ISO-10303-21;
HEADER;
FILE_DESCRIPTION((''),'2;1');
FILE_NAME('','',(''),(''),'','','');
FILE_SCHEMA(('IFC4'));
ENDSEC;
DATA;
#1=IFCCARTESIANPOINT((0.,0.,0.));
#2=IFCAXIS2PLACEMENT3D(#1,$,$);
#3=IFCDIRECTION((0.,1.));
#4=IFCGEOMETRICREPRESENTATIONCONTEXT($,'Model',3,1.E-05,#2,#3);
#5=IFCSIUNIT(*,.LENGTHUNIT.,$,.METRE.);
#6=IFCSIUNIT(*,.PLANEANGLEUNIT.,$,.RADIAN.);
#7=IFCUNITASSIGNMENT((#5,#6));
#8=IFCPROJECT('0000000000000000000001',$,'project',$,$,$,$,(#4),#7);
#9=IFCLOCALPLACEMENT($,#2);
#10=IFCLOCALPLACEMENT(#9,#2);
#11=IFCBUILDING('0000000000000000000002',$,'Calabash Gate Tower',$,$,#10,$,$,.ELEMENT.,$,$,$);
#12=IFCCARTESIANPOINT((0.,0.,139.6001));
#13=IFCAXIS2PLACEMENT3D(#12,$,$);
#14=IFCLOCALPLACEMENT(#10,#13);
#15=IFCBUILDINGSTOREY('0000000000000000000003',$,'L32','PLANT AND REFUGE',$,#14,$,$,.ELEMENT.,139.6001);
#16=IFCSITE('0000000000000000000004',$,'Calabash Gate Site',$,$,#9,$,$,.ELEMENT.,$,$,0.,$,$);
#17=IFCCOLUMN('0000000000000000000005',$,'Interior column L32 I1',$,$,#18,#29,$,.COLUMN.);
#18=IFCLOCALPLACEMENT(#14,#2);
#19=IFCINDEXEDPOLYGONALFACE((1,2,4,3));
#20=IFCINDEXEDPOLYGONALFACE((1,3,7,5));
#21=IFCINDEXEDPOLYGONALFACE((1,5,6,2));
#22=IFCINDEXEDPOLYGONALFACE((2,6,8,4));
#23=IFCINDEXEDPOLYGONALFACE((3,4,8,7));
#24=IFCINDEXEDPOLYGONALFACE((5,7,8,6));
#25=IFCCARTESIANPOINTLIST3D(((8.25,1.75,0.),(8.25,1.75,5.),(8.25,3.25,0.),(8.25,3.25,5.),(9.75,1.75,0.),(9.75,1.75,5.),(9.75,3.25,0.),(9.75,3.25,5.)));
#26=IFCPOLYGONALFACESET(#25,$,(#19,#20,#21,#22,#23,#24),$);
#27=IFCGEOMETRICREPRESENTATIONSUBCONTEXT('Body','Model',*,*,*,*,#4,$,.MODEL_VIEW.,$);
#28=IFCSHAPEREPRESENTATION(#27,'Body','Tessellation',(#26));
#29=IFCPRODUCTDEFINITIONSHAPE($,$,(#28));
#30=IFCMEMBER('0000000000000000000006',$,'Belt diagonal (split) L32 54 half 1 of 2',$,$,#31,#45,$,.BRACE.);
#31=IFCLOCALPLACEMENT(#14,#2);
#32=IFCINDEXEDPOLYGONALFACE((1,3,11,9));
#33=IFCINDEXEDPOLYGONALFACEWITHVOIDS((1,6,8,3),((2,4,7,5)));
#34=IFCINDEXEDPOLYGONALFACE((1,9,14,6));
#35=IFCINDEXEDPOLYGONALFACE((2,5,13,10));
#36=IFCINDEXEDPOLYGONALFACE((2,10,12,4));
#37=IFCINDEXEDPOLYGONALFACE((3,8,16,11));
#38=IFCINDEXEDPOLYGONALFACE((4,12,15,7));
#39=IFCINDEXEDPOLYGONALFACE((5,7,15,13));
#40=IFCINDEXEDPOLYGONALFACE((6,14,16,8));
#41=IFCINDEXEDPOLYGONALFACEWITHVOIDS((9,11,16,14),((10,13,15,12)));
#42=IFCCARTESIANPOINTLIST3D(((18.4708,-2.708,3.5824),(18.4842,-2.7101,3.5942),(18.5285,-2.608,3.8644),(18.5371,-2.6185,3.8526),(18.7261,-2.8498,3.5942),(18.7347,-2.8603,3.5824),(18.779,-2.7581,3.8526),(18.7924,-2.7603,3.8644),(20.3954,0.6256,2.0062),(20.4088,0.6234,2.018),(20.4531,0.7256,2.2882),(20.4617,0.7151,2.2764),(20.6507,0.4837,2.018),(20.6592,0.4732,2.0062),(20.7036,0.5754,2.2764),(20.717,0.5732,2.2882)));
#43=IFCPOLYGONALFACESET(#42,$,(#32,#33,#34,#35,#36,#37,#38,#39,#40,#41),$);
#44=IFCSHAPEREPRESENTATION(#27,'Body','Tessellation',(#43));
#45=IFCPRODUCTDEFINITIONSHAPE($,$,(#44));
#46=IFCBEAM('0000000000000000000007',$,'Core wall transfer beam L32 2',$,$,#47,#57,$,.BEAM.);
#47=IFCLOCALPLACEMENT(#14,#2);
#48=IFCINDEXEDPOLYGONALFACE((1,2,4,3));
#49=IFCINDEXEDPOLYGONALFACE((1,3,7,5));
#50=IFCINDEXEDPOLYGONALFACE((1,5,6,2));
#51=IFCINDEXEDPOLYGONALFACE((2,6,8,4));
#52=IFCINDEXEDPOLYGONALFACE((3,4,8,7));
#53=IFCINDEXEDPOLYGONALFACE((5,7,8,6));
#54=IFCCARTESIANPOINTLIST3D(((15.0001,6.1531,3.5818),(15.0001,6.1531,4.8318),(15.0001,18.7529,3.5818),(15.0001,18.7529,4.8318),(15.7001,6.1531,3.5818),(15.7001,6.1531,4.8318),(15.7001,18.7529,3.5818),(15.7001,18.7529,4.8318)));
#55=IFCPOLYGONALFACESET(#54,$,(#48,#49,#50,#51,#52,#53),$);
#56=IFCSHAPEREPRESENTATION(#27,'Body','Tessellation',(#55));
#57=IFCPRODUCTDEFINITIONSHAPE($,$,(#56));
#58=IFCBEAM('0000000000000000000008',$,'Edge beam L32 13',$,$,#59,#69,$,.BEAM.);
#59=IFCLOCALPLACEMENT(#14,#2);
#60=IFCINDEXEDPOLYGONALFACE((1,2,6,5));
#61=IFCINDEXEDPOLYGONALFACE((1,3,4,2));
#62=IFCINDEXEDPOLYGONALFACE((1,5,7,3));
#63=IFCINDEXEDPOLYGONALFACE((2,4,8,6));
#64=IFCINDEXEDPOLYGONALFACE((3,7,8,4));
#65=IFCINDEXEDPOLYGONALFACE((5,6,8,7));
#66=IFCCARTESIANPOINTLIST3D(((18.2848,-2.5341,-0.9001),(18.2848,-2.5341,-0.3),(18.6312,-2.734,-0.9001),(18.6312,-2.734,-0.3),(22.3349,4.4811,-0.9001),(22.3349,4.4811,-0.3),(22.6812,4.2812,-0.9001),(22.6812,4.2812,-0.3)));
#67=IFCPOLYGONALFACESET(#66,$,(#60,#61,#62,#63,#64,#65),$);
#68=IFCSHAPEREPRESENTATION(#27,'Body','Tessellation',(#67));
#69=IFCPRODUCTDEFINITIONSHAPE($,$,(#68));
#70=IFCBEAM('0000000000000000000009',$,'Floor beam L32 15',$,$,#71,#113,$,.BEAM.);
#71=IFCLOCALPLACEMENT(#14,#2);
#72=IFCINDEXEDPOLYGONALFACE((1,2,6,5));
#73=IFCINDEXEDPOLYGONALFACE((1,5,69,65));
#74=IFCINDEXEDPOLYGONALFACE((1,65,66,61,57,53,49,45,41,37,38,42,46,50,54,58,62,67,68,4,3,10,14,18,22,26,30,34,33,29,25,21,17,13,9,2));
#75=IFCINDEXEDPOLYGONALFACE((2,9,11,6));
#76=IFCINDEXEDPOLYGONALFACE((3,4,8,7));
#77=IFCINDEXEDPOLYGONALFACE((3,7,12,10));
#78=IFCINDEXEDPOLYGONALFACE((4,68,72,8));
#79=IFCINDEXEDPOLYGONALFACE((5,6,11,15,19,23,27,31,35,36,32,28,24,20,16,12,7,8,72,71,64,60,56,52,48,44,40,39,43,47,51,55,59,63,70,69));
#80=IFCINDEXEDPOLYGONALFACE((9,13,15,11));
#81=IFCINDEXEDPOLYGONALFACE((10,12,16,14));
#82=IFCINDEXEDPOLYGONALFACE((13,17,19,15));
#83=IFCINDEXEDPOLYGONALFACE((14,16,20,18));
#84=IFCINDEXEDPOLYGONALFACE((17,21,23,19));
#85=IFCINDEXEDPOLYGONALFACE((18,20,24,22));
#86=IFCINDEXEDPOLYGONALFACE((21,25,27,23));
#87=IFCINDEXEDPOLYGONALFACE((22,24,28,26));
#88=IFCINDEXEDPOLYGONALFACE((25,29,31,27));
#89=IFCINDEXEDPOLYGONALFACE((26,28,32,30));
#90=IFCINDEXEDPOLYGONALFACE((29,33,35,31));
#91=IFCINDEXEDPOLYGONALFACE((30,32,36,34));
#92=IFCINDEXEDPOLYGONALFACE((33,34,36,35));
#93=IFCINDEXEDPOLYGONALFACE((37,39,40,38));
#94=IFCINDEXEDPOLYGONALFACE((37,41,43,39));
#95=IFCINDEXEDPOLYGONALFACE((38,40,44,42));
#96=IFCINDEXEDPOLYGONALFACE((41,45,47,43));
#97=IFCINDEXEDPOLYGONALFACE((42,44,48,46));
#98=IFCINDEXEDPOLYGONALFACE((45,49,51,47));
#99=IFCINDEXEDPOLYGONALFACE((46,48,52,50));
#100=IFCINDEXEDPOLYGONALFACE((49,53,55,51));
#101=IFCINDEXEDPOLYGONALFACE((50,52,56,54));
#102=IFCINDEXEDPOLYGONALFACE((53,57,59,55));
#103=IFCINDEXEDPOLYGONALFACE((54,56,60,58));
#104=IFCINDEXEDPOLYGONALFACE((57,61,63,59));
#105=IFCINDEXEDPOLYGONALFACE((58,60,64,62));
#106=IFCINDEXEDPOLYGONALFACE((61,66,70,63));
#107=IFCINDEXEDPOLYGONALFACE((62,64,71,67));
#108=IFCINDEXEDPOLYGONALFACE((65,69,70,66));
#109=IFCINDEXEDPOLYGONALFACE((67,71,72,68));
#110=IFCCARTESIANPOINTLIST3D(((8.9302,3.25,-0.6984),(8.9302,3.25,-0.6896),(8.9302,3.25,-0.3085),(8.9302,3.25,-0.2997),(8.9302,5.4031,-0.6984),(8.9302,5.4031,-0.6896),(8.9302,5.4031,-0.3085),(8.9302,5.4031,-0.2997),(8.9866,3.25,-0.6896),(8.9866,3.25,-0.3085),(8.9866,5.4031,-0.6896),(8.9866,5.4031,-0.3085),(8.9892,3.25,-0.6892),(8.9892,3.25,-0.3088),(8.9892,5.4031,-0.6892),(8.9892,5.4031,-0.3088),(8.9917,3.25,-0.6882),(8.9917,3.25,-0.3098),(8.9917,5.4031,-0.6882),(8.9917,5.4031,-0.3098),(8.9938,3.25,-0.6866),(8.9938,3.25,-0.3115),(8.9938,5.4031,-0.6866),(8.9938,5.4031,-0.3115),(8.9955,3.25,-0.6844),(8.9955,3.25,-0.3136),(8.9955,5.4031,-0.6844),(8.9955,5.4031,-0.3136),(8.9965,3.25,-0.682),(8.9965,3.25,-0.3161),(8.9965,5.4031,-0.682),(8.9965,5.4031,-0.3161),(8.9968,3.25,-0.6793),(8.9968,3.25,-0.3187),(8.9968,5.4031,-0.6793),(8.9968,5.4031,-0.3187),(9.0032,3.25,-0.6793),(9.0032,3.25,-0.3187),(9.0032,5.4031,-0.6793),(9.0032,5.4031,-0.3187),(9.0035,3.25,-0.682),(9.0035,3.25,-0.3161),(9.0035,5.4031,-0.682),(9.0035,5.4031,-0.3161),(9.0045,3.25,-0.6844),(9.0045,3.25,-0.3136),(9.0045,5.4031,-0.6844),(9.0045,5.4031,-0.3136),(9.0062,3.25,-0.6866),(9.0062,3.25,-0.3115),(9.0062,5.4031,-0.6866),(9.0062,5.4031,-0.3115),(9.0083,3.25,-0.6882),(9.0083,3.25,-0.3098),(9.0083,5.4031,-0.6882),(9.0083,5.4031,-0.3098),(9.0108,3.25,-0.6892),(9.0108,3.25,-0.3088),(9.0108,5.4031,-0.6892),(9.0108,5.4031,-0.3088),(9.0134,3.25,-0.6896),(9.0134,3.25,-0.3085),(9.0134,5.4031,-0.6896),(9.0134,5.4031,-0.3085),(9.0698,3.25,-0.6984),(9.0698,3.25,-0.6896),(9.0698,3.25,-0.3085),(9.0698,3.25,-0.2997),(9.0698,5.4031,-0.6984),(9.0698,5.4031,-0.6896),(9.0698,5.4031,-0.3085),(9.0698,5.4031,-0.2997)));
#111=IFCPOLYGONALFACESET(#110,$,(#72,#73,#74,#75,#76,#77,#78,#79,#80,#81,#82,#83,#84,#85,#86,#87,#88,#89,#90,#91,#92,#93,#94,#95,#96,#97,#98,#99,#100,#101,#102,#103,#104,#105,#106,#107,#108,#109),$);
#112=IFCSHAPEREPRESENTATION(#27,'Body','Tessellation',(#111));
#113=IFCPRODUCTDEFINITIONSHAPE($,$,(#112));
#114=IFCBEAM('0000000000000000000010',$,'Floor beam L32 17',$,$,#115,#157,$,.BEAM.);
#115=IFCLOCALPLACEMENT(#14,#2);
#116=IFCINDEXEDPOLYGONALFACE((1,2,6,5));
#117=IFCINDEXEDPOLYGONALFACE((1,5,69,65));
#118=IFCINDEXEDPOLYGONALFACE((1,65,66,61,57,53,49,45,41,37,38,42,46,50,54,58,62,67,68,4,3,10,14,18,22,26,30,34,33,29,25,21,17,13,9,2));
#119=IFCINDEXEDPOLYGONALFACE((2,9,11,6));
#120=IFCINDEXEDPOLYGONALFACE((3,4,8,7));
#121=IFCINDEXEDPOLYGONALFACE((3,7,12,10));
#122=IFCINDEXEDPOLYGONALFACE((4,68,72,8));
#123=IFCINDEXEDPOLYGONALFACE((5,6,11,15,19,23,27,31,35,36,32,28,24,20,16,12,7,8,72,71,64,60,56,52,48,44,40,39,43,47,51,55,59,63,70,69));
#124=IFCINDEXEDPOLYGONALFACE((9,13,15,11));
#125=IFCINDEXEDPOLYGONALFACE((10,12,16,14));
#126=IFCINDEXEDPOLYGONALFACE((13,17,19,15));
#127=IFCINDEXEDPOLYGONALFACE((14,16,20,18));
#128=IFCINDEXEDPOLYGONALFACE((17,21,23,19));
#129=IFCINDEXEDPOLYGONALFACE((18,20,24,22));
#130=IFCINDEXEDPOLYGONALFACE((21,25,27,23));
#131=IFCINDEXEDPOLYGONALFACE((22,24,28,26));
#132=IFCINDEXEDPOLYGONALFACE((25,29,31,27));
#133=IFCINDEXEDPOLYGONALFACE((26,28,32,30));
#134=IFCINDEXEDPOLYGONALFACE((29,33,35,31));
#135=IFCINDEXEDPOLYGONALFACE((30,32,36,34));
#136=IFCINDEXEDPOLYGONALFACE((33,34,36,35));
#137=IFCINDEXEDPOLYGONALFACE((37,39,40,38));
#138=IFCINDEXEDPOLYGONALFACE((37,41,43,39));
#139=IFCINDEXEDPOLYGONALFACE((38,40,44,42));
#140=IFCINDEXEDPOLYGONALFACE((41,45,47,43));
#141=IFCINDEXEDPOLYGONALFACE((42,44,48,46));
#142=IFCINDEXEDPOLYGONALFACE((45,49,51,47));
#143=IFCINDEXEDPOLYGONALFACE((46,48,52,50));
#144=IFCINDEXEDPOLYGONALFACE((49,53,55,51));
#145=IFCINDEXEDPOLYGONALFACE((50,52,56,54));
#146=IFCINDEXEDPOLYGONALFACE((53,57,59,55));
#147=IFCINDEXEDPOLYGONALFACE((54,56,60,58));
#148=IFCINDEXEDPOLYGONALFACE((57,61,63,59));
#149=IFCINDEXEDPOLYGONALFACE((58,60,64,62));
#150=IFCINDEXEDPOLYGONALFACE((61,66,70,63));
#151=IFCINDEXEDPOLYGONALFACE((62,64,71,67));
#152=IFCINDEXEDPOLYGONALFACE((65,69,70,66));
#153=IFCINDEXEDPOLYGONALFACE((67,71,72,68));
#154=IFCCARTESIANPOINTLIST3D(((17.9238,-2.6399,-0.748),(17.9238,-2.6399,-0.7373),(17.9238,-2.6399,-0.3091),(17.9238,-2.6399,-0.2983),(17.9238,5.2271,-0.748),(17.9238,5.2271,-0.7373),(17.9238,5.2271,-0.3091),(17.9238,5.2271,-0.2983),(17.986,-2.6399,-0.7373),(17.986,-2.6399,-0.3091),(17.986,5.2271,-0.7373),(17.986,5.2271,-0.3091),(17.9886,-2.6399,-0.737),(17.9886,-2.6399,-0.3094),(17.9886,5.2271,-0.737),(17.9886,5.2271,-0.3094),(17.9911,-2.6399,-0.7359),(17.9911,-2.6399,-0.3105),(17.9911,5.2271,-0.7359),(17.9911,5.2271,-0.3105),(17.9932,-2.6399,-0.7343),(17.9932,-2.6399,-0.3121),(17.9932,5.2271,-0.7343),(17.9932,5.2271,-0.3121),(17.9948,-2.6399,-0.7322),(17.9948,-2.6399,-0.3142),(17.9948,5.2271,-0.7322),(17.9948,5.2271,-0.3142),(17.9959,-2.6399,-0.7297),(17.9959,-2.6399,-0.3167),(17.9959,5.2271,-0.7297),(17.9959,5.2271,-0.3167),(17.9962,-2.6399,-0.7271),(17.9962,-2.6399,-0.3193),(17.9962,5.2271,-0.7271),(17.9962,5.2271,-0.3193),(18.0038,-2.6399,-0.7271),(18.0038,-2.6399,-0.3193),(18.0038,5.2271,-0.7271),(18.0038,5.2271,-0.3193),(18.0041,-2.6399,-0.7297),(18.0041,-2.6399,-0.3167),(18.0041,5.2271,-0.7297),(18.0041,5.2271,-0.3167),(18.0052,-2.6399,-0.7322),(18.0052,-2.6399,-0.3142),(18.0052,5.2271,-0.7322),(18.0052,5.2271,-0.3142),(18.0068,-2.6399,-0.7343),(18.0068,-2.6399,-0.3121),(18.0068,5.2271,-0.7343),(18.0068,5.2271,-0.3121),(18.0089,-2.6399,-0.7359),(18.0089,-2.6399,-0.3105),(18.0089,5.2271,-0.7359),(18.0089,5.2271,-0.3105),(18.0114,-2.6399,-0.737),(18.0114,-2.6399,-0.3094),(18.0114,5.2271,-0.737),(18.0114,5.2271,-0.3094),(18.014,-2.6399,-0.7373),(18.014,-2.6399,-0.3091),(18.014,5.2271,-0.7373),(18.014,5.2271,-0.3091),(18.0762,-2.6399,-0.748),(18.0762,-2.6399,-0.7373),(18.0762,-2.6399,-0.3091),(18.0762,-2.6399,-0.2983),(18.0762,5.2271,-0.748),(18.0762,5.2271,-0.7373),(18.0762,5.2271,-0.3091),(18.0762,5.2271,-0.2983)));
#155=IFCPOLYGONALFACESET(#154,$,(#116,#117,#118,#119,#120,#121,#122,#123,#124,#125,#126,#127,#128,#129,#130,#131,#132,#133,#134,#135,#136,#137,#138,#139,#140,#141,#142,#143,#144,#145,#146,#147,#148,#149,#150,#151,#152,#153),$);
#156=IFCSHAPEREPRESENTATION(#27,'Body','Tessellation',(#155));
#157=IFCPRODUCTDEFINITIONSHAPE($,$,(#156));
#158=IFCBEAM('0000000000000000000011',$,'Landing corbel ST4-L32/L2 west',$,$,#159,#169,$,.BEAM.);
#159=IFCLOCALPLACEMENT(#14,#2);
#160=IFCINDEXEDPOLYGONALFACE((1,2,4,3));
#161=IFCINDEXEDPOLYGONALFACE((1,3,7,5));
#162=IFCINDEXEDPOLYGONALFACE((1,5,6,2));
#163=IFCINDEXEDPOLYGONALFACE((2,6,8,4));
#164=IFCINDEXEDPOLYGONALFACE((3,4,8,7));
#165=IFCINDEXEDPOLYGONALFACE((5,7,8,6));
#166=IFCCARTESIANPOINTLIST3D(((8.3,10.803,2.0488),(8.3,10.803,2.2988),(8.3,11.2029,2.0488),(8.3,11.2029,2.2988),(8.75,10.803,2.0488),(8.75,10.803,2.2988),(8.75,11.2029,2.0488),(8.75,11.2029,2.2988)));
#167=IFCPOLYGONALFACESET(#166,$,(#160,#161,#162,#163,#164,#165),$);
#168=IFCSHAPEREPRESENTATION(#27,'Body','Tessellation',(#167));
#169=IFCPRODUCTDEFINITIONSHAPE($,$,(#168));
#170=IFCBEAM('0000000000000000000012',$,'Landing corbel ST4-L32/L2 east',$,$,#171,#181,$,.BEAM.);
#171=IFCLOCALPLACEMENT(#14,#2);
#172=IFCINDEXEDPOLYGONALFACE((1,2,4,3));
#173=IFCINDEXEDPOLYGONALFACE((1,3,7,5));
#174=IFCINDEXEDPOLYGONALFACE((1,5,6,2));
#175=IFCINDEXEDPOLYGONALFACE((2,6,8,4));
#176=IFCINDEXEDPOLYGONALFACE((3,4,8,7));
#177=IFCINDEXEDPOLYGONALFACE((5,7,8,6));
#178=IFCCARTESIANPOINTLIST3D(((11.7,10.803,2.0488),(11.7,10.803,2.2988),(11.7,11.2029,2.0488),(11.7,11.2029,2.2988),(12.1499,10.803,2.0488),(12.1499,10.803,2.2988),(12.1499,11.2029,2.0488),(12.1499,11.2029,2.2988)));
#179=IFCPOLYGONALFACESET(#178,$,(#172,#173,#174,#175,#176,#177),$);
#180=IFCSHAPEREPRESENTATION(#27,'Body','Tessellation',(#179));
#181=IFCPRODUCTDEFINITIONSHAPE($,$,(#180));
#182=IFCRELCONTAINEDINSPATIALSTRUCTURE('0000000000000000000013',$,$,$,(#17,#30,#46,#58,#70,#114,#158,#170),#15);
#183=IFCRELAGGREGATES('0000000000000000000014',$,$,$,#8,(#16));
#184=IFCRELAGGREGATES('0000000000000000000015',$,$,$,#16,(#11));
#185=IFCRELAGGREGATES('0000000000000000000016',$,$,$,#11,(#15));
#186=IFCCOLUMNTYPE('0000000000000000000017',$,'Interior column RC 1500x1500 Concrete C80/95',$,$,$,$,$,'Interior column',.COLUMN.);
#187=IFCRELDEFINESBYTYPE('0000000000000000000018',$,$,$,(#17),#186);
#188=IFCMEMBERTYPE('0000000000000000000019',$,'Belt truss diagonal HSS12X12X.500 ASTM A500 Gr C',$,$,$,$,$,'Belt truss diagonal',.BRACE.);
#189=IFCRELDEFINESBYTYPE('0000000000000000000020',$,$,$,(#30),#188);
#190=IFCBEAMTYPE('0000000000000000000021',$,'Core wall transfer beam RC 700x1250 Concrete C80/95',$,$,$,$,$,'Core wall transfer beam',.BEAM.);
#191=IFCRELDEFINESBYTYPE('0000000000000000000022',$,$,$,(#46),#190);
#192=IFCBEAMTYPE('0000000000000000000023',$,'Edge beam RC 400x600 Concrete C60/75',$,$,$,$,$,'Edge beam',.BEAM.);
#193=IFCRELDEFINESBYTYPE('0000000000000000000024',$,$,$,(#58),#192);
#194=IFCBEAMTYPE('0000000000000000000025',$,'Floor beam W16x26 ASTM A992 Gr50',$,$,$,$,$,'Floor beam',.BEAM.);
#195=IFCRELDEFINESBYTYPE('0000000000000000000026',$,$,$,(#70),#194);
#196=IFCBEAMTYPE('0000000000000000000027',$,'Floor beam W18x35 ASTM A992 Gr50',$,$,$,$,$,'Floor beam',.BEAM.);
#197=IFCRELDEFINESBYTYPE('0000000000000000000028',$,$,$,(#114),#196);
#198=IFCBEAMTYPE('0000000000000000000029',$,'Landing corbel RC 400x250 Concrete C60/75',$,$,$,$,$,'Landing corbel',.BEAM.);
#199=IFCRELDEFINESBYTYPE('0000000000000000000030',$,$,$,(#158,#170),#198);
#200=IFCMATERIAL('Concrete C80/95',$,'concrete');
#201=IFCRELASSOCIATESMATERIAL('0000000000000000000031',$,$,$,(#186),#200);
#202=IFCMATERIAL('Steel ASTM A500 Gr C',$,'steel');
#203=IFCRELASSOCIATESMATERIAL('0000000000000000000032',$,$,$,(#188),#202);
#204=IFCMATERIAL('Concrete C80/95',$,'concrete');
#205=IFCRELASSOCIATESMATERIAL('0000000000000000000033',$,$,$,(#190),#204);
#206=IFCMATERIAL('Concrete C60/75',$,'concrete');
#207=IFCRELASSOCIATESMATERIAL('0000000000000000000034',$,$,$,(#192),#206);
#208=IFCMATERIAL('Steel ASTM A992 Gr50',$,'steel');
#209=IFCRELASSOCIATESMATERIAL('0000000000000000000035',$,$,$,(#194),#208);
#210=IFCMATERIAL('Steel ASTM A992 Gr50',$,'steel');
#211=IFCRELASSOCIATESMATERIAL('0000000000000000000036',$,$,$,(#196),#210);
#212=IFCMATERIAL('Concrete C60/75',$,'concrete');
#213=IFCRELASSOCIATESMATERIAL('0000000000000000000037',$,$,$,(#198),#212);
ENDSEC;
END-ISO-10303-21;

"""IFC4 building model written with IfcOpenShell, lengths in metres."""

from ifc_helpers import new_model, si_unit, direction, frame, origin, origin_2d, place, context, subcontext, project, spatial, rectangle, hollow_rectangle, i_section, extrude, material, material_profile, profile_set, type_object, element, save


model = new_model("IFC4")

# Units and contexts
model_context = context("Model", 3, precision=1e-05, world=origin(), true_north=direction((0.0, 1.0)))
body_context = subcontext(model_context, "Body", "Model", "MODEL_VIEW")
ifc_project = project(units=[si_unit("LENGTHUNIT", "METRE"), si_unit("PLANEANGLEUNIT", "RADIAN")], contexts=[model_context])

# Site, building, storey
site_placement = place(None, origin())
site = spatial("IfcSite", under=ifc_project, at=site_placement, Name="Calabash Gate Site", CompositionType="ELEMENT", RefElevation=0.0)
building_placement = place(site_placement, origin())
building = spatial("IfcBuilding", under=site, at=building_placement, Name="Calabash Gate Tower", CompositionType="ELEMENT")
storey_placement = place(building_placement, frame((0.0, 0.0, 139.6001)))
storey = spatial("IfcBuildingStorey", under=building, at=storey_placement, Name="L32", Description="PLANT AND REFUGE", CompositionType="ELEMENT", Elevation=139.6001)

# Column
ifc_material_1 = material(Name="Concrete C80/95", Category="concrete")
ifc_material_profile_1 = material_profile(ifc_material_1, rectangle(XDim=1.5, YDim=1.5, at=origin_2d()))
ifc_profile_set_1 = profile_set([ifc_material_profile_1], Name="Concrete C80/95")
column_type = type_object("IfcColumnType", Name="Interior column RC 1500x1500 Concrete C80/95", ElementType="Interior column", PredefinedType="COLUMN", material=ifc_profile_set_1)
column_placement = place(storey_placement, frame((9.0, 2.5, 0.0), z_axis=(0.0, 0.0, 1.0), x_axis=(1.0, 0.0, 0.0)))
element("IfcColumn", 1, at=column_placement, inside=storey, type_object=column_type, Name="Interior column L32 I1", PredefinedType="COLUMN", context=body_context, shape_type="SweptSolid", body=[
    extrude(rectangle(XDim=1.5, YDim=1.5, at=origin_2d()), origin(), (0.0, 0.0, 1.0), 5.0),
])

# Member
ifc_material_2 = material(Name="Steel ASTM A500 Gr C", Category="steel")
ifc_material_profile_2 = material_profile(ifc_material_2, hollow_rectangle(XDim=0.3047, YDim=0.3047, WallThickness=0.0127, at=origin_2d()))
ifc_profile_set_2 = profile_set([ifc_material_profile_2], Name="Steel ASTM A500 Gr C")
member_type = type_object("IfcMemberType", Name="Belt truss diagonal HSS12X12X.500 ASTM A500 Gr C", ElementType="Belt truss diagonal", PredefinedType="BRACE", material=ifc_profile_set_2)
member_placement = place(storey_placement, frame((18.6316, -2.7341, 3.7234), z_axis=(0.462704, 0.80144, -0.378944), x_axis=(-0.866029, 0.499993, 0.0)))
element("IfcMember", 2, at=member_placement, inside=storey, type_object=member_type, Name="Belt diagonal (split) L32 54 half 1 of 2", PredefinedType="BRACE", context=body_context, shape_type="SweptSolid", body=[
    extrude(hollow_rectangle(XDim=0.3047, YDim=0.3047, WallThickness=0.0127, at=origin_2d()), origin(), (0.0, 0.0, 1.0), 4.1594),
])

# Beams
ifc_material_3 = material(Name="Concrete C80/95", Category="concrete")
ifc_material_profile_3 = material_profile(ifc_material_3, rectangle(XDim=0.7, YDim=1.25, at=origin_2d()))
ifc_profile_set_3 = profile_set([ifc_material_profile_3], Name="Concrete C80/95")
beam_type_1 = type_object("IfcBeamType", Name="Core wall transfer beam RC 700x1250 Concrete C80/95", ElementType="Core wall transfer beam", PredefinedType="BEAM", material=ifc_profile_set_3)
beam_1_placement = place(storey_placement, frame((15.3501, 6.1531, 4.2068), z_axis=(0.0, 1.0, 0.0), x_axis=(-1.0, 0.0, 0.0)))
element("IfcBeam", 3, at=beam_1_placement, inside=storey, type_object=beam_type_1, Name="Core wall transfer beam L32 2", PredefinedType="BEAM", context=body_context, shape_type="SweptSolid", body=[
    extrude(rectangle(XDim=0.7, YDim=1.25, at=origin_2d()), origin(), (0.0, 0.0, 1.0), 12.5999),
])
ifc_material_4 = material(Name="Concrete C60/75", Category="concrete")
ifc_material_profile_4 = material_profile(ifc_material_4, rectangle(XDim=0.3999, YDim=0.6001, at=origin_2d()))
ifc_profile_set_4 = profile_set([ifc_material_profile_4], Name="Concrete C60/75")
beam_type_2 = type_object("IfcBeamType", Name="Edge beam RC 400x600 Concrete C60/75", ElementType="Edge beam", PredefinedType="BEAM", material=ifc_profile_set_4)
beam_2_placement = place(storey_placement, frame((18.458, -2.634, -0.6001), z_axis=(0.499987, 0.866033, 0.0), x_axis=(-0.866033, 0.499987, 0.0)))
element("IfcBeam", 4, at=beam_2_placement, inside=storey, type_object=beam_type_2, Name="Edge beam L32 13", PredefinedType="BEAM", context=body_context, shape_type="SweptSolid", body=[
    extrude(rectangle(XDim=0.3999, YDim=0.6001, at=origin_2d()), origin(), (0.0, 0.0, 1.0), 8.1003),
])
ifc_material_5 = material(Name="Steel ASTM A992 Gr50", Category="steel")
ifc_material_profile_5 = material_profile(ifc_material_5, i_section(OverallWidth=0.1396, OverallDepth=0.3987, WebThickness=0.0063, FlangeThickness=0.0088, FilletRadius=0.0103, at=origin_2d()))
ifc_profile_set_5 = profile_set([ifc_material_profile_5], Name="Steel ASTM A992 Gr50")
beam_type_3 = type_object("IfcBeamType", Name="Floor beam W16x26 ASTM A992 Gr50", ElementType="Floor beam", PredefinedType="BEAM", material=ifc_profile_set_5)
beam_3_placement = place(storey_placement, frame((9.0, 3.25, -0.499), z_axis=(0.0, 1.0, 0.0), x_axis=(-1.0, 0.0, 0.0)))
element("IfcBeam", 5, at=beam_3_placement, inside=storey, type_object=beam_type_3, Name="Floor beam L32 15", PredefinedType="BEAM", context=body_context, shape_type="SweptSolid", body=[
    extrude(i_section(OverallWidth=0.1396, OverallDepth=0.3987, WebThickness=0.0063, FlangeThickness=0.0088, FilletRadius=0.0103, at=origin_2d()), origin(), (0.0, 0.0, 1.0), 2.1531),
])
ifc_material_6 = material(Name="Steel ASTM A992 Gr50", Category="steel")
ifc_material_profile_6 = material_profile(ifc_material_6, i_section(OverallWidth=0.1523, OverallDepth=0.4497, WebThickness=0.0076, FlangeThickness=0.0107, FilletRadius=0.0103, at=origin_2d()))
ifc_profile_set_6 = profile_set([ifc_material_profile_6], Name="Steel ASTM A992 Gr50")
beam_type_4 = type_object("IfcBeamType", Name="Floor beam W18x35 ASTM A992 Gr50", ElementType="Floor beam", PredefinedType="BEAM", material=ifc_profile_set_6)
beam_4_placement = place(storey_placement, frame((18.0, -2.6399, -0.5232), z_axis=(0.0, 1.0, 0.0), x_axis=(-1.0, 0.0, 0.0)))
element("IfcBeam", 6, at=beam_4_placement, inside=storey, type_object=beam_type_4, Name="Floor beam L32 17", PredefinedType="BEAM", context=body_context, shape_type="SweptSolid", body=[
    extrude(i_section(OverallWidth=0.1523, OverallDepth=0.4497, WebThickness=0.0076, FlangeThickness=0.0107, FilletRadius=0.0103, at=origin_2d()), origin(), (0.0, 0.0, 1.0), 7.8669),
])
ifc_material_7 = material(Name="Concrete C60/75", Category="concrete")
ifc_material_profile_7 = material_profile(ifc_material_7, rectangle(XDim=0.3999, YDim=0.25, at=origin_2d()))
ifc_profile_set_7 = profile_set([ifc_material_profile_7], Name="Concrete C60/75")
beam_type_5 = type_object("IfcBeamType", Name="Landing corbel RC 400x250 Concrete C60/75", ElementType="Landing corbel", PredefinedType="BEAM", material=ifc_profile_set_7)
for number, where, z_axis, x_axis, name in (
    (7, (8.3, 11.0029, 2.1738), (1.0, 0.0, 0.0), (0.0, 1.0, 0.0), "Landing corbel ST4-L32/L2 west"),
    (8, (12.1499, 11.0029, 2.1738), (-1.0, 0.0, 0.0), (0.0, -1.0, 0.0), "Landing corbel ST4-L32/L2 east"),
):
    element("IfcBeam", number, at=place(storey_placement, frame(where, z_axis=z_axis, x_axis=x_axis)), inside=storey, type_object=beam_type_5, Name=name, PredefinedType="BEAM", context=body_context, shape_type="SweptSolid", body=[
        extrude(rectangle(XDim=0.3999, YDim=0.25, at=origin_2d()), origin(), (0.0, 0.0, 1.0), 0.45),
    ])

save(model, "model.ifc")
